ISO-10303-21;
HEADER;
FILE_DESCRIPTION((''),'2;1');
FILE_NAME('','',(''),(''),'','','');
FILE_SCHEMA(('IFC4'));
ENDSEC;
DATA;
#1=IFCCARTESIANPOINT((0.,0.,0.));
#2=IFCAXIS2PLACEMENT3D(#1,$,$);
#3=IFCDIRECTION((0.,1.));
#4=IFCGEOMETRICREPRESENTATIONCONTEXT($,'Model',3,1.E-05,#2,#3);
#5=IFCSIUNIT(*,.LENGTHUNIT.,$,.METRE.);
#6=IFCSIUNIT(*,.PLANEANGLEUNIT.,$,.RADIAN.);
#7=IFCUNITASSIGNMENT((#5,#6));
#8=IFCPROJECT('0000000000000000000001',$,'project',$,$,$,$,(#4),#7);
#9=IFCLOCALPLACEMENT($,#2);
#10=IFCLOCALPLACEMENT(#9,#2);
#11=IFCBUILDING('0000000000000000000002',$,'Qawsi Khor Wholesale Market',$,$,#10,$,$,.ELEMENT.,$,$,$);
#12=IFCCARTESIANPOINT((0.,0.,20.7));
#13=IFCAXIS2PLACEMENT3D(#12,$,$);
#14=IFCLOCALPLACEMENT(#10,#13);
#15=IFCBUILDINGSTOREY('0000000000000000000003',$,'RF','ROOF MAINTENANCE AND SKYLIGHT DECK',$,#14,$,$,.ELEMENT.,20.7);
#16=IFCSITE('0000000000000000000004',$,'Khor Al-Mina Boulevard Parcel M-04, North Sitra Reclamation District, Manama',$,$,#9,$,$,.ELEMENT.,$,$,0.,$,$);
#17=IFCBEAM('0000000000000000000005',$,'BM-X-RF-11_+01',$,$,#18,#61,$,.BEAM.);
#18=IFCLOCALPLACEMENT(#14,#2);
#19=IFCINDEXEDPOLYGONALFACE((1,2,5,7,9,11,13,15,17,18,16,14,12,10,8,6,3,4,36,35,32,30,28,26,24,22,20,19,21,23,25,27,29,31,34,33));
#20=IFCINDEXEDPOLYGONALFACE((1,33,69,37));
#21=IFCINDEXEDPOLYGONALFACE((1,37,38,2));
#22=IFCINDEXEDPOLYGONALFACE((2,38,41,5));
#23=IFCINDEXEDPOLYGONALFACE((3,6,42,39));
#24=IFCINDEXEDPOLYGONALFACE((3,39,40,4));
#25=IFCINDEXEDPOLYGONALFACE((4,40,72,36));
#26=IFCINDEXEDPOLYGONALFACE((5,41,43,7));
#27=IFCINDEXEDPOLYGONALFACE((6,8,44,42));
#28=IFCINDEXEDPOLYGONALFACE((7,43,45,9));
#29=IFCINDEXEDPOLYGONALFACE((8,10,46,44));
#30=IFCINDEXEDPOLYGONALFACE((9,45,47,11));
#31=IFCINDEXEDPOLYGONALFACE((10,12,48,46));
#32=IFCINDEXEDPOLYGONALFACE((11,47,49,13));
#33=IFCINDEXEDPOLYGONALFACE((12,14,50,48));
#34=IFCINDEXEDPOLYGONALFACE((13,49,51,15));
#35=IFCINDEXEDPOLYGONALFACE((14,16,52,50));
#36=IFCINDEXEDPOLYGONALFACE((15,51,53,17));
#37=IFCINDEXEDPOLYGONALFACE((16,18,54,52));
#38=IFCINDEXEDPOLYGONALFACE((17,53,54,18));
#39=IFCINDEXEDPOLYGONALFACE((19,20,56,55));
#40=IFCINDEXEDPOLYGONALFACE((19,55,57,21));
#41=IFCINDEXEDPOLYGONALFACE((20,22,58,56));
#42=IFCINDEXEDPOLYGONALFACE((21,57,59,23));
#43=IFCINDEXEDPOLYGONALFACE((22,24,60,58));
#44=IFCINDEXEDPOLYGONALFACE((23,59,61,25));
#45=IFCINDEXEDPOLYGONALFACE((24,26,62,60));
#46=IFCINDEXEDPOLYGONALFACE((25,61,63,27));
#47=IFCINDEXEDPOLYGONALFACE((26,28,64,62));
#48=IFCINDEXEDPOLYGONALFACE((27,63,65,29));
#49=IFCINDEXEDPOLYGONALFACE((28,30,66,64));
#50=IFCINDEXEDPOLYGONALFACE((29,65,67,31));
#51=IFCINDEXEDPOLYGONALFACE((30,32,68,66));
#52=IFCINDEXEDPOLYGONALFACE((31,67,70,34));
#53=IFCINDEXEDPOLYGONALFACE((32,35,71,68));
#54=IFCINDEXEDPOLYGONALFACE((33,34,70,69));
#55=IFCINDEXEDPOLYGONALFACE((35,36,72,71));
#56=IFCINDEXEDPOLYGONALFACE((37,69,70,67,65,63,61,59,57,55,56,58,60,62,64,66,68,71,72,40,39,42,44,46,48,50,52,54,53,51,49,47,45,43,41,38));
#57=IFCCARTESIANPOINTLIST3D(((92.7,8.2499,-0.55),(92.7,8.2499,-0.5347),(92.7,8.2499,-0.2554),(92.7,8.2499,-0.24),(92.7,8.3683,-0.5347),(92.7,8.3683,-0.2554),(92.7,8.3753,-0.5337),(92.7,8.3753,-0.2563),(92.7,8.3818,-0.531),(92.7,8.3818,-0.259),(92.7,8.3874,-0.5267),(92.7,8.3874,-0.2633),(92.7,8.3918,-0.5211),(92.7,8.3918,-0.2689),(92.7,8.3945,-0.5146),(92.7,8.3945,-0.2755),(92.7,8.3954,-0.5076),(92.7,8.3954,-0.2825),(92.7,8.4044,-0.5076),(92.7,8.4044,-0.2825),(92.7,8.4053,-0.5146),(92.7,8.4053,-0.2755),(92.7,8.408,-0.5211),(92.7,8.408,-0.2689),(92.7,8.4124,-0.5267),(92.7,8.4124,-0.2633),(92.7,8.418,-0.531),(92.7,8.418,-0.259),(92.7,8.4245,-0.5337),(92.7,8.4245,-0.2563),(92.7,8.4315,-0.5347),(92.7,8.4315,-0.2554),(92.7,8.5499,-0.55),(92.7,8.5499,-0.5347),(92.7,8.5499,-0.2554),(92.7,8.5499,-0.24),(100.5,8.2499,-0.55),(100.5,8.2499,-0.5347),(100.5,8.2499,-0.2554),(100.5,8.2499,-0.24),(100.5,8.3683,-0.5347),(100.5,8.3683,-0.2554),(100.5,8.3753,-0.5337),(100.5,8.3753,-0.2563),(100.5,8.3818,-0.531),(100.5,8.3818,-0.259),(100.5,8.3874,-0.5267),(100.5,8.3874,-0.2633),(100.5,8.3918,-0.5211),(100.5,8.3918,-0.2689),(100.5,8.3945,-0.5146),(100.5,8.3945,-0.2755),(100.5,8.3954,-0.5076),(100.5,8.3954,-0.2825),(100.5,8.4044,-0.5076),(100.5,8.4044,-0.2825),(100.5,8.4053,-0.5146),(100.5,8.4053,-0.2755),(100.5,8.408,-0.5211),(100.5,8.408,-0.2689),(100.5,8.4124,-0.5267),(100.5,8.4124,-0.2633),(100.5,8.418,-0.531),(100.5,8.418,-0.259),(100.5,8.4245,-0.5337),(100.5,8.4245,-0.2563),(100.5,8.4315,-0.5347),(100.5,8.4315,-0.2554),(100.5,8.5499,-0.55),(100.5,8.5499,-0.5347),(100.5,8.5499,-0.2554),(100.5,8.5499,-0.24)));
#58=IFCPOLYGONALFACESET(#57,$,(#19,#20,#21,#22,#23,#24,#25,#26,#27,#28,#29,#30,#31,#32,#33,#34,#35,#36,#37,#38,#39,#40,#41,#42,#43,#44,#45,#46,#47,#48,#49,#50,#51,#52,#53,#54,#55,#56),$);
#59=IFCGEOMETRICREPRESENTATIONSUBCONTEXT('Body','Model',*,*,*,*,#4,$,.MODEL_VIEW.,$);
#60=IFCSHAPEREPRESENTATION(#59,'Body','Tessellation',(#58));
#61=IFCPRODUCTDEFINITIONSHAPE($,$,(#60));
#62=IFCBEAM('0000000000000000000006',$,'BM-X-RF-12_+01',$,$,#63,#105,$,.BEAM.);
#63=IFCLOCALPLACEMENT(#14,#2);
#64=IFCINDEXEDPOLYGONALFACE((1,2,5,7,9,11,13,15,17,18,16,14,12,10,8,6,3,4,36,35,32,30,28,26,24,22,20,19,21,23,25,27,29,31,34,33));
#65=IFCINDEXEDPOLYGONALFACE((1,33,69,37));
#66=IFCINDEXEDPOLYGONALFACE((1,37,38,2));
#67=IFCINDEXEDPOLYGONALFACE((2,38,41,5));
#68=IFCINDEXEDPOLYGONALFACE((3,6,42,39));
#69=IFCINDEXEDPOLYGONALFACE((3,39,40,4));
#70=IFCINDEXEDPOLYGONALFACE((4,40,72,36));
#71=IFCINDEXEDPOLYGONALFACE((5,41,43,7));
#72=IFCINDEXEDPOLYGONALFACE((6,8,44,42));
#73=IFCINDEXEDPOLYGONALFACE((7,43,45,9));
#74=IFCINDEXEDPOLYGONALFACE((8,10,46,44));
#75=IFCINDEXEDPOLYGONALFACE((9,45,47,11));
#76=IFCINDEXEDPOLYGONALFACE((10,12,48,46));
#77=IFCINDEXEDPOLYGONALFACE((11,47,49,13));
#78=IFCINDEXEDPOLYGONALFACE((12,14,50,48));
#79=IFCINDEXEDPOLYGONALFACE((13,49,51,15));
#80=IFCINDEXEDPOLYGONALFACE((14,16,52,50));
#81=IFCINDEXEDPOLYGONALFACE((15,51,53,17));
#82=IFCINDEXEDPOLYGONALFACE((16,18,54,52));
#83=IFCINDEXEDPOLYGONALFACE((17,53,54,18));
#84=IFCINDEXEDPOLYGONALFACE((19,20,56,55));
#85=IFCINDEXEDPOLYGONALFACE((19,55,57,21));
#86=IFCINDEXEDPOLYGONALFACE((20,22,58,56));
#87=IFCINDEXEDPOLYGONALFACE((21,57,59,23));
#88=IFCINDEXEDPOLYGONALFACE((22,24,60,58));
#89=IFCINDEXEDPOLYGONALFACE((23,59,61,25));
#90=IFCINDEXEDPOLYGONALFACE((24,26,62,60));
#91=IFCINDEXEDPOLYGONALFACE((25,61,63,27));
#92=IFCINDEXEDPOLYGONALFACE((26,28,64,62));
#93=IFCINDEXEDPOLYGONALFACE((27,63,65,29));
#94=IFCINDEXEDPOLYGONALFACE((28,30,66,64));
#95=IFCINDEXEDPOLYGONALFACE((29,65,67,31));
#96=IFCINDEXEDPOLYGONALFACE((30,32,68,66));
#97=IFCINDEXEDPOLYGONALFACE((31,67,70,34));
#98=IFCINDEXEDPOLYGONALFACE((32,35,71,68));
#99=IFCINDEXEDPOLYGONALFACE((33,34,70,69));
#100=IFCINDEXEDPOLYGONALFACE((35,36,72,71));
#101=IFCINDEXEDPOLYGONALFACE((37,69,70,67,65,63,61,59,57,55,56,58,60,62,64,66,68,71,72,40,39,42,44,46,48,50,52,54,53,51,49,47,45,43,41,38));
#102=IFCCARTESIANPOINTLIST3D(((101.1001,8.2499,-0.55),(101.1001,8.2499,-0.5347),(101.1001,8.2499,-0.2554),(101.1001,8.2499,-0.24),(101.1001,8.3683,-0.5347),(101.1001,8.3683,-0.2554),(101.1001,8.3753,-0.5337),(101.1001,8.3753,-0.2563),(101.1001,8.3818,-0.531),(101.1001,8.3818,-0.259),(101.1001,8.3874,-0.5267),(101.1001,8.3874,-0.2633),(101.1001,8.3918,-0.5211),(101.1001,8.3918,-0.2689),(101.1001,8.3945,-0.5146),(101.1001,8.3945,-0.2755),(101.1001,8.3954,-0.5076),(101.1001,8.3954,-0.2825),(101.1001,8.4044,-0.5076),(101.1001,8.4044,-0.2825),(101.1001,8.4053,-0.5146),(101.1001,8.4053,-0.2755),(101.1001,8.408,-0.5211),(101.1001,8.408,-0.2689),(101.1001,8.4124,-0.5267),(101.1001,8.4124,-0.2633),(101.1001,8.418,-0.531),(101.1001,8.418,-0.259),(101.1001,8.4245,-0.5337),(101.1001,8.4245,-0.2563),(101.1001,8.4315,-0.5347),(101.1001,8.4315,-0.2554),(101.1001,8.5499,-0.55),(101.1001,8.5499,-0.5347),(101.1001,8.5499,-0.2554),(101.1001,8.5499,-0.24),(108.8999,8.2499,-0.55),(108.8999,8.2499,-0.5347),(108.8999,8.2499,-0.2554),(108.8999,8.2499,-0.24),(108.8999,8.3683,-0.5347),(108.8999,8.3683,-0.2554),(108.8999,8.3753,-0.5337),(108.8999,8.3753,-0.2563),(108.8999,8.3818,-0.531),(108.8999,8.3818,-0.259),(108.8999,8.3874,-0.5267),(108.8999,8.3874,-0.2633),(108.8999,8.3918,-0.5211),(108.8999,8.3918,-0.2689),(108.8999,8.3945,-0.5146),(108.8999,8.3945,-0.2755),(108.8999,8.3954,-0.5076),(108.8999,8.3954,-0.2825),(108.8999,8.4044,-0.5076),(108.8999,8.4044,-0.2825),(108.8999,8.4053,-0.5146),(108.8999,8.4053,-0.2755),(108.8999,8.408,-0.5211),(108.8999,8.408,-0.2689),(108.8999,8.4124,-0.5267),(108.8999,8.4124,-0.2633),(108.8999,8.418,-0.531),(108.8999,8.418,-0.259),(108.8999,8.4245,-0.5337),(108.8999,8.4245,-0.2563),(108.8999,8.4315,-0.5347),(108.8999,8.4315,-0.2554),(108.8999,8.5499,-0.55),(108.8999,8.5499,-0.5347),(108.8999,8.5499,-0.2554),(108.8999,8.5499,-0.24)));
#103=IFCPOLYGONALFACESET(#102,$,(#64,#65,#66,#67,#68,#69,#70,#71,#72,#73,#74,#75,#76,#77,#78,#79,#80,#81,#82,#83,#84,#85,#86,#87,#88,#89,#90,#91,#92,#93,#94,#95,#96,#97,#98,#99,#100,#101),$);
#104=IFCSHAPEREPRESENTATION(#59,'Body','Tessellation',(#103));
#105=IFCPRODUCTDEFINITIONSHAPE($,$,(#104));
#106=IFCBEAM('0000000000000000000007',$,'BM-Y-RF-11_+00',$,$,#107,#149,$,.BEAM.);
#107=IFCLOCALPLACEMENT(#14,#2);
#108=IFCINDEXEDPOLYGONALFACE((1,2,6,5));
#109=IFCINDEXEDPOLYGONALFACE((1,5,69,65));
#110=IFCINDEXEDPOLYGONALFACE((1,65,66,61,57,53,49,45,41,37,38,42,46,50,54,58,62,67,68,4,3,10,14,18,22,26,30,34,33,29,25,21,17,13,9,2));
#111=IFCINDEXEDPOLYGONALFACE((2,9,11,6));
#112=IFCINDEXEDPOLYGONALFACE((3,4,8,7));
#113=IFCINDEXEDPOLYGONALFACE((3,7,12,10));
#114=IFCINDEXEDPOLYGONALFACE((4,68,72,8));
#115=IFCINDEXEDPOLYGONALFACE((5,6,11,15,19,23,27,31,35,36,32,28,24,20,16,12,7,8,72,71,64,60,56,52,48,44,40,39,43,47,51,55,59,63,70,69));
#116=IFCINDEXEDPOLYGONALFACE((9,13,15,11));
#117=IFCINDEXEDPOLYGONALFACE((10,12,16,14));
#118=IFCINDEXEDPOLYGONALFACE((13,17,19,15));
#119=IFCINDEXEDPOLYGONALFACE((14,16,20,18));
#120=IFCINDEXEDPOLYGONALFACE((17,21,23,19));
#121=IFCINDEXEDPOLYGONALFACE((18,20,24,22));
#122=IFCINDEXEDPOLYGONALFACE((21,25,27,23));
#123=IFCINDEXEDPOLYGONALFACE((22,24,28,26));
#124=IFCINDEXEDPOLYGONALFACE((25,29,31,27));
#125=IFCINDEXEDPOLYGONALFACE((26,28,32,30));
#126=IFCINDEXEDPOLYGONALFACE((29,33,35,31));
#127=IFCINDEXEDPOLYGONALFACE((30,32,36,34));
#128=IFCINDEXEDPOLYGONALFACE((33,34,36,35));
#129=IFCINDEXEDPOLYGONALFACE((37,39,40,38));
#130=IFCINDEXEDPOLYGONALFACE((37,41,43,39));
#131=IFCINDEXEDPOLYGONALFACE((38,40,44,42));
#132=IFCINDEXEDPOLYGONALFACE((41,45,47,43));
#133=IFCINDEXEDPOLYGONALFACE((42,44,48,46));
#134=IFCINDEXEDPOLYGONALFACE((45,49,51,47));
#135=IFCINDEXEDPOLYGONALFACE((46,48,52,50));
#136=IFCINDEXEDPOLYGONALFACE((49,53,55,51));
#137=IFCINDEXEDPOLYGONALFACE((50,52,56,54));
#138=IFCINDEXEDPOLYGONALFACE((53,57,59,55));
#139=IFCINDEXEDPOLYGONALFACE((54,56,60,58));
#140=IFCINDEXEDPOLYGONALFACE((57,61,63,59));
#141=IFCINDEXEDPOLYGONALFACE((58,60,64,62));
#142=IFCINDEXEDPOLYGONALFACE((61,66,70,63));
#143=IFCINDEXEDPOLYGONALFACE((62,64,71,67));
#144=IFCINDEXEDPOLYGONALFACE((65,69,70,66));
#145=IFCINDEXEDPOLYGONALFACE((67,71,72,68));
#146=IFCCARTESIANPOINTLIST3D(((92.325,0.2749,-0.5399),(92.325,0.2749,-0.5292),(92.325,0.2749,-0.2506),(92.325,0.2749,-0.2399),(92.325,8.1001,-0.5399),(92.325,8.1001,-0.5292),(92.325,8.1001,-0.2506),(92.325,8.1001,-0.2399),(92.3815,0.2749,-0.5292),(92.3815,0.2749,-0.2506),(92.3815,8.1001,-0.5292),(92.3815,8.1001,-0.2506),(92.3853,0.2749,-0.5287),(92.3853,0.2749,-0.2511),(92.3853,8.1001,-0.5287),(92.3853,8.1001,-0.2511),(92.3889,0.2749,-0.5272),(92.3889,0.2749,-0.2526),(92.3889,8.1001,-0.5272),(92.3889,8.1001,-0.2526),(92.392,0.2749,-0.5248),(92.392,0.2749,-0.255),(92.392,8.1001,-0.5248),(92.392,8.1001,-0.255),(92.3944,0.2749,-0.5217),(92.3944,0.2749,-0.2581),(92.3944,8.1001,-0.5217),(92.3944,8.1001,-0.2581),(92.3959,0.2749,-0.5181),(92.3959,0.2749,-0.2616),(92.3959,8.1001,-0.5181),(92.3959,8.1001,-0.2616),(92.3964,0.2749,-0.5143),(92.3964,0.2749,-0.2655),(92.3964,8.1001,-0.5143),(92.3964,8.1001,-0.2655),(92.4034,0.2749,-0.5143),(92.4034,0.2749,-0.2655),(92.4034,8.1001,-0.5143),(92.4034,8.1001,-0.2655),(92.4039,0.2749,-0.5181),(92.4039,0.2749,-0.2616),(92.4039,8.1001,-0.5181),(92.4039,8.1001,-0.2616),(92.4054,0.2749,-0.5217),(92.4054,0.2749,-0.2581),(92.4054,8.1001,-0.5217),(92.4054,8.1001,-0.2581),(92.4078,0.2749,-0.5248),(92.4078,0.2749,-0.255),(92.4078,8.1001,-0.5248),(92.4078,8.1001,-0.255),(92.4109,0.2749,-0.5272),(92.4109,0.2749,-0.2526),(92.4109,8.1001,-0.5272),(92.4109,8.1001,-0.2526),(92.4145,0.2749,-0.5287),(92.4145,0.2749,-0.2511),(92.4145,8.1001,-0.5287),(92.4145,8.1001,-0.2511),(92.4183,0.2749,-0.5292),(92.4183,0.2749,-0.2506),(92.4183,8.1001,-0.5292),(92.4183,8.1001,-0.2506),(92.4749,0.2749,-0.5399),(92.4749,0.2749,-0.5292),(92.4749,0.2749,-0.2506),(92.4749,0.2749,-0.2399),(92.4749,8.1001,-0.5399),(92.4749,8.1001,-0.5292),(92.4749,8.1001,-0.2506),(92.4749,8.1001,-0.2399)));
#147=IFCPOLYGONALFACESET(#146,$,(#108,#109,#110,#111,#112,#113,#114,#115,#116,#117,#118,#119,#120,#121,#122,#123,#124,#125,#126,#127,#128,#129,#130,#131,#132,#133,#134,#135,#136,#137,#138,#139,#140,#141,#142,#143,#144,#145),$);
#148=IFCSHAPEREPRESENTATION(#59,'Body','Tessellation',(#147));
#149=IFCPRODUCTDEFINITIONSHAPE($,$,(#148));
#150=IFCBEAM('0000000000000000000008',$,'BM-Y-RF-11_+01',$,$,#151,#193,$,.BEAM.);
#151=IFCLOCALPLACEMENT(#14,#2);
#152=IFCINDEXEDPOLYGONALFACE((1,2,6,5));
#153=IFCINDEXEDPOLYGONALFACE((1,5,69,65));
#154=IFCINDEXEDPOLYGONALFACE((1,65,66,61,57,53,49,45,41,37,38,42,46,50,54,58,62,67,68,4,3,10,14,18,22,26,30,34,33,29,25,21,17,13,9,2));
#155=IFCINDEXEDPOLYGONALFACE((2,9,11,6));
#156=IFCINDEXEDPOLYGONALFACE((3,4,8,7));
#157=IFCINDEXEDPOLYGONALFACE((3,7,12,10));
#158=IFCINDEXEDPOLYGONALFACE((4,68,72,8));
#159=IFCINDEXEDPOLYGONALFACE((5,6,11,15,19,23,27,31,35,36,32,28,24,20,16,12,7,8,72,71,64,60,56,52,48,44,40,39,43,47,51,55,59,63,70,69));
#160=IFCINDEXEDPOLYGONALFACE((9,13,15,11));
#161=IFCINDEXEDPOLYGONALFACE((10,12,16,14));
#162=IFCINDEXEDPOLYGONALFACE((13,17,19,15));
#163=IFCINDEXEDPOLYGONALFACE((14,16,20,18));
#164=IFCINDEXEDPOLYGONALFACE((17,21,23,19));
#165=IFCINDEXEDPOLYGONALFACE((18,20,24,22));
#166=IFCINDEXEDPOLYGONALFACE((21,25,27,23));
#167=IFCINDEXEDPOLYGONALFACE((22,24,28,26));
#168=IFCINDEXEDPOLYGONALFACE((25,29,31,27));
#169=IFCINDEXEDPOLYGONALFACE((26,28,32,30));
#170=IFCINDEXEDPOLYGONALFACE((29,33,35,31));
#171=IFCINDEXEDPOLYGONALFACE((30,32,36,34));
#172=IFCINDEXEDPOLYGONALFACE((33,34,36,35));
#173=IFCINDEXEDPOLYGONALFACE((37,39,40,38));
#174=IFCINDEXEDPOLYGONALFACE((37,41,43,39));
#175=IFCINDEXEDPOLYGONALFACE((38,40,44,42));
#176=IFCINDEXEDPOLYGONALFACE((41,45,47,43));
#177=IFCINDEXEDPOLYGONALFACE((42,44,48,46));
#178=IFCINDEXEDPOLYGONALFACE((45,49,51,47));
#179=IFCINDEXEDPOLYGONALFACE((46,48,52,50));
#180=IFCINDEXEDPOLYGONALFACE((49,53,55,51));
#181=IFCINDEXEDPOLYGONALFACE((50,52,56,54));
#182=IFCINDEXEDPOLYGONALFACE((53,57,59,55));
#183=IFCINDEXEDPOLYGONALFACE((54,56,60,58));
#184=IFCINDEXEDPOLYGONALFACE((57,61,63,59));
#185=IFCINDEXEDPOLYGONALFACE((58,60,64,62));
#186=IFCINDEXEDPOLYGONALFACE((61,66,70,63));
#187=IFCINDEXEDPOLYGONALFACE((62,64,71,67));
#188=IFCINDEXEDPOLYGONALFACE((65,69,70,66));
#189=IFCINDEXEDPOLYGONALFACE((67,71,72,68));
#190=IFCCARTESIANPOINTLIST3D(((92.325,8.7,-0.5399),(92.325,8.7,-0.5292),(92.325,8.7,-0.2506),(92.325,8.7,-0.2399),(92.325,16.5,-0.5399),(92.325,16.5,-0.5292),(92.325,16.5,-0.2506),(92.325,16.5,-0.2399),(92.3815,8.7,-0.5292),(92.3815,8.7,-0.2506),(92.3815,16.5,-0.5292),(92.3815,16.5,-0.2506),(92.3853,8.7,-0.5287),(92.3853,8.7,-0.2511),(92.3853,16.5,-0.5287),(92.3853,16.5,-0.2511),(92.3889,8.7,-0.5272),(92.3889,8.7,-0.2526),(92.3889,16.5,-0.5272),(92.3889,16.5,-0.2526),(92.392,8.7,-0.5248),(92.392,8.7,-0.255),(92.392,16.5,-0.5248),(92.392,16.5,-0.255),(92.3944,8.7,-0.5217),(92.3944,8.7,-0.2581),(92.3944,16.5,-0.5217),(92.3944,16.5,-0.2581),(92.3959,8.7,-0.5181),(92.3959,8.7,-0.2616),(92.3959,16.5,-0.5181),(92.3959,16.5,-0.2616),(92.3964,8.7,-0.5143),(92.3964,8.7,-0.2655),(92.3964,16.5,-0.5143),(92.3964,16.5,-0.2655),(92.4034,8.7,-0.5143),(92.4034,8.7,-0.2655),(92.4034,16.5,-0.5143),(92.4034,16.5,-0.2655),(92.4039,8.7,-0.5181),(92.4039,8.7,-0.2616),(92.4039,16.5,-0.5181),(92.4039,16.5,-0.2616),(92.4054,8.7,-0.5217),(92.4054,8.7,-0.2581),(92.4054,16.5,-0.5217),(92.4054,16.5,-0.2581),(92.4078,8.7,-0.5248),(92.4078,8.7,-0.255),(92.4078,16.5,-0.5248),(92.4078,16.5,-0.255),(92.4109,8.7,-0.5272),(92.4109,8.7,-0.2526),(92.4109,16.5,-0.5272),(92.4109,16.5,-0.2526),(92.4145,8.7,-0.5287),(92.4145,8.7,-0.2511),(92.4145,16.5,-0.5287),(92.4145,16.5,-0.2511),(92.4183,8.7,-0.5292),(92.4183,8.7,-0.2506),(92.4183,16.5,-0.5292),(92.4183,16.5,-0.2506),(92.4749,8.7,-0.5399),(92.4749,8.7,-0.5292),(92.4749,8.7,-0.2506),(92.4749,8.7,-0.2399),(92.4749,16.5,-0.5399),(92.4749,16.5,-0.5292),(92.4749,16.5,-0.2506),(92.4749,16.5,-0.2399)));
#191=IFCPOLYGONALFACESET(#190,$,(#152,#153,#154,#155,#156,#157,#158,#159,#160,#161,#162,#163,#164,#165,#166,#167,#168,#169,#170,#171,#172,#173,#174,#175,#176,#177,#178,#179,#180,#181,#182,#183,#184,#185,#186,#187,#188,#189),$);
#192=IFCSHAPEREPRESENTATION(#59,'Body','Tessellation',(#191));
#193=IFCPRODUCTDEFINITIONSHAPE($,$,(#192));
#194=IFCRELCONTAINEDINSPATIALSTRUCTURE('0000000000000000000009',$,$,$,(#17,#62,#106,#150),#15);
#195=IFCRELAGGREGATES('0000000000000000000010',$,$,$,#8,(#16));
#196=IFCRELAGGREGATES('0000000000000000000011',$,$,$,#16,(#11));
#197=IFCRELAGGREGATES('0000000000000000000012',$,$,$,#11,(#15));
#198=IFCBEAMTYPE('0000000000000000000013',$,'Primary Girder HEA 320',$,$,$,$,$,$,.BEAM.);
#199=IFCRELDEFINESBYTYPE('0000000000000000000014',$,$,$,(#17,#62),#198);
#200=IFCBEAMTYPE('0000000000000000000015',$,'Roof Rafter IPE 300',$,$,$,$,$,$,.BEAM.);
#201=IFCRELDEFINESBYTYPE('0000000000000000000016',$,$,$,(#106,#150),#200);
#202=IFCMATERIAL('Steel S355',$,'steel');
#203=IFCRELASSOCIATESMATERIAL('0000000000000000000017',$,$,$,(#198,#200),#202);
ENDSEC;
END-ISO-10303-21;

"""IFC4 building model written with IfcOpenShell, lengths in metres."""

from ifc_helpers import new_model, si_unit, direction, frame, origin, origin_2d, place, context, subcontext, project, spatial, i_section, extrude, material, material_profile, profile_set, type_object, element, save


model = new_model("IFC4")

# Units and contexts
model_context = context("Model", 3, precision=1e-05, world=origin(), true_north=direction((0.0, 1.0)))
body_context = subcontext(model_context, "Body", "Model", "MODEL_VIEW")
ifc_project = project(units=[si_unit("LENGTHUNIT", "METRE"), si_unit("PLANEANGLEUNIT", "RADIAN")], contexts=[model_context])

# Site, building, storey
site_placement = place(None, origin())
site = spatial("IfcSite", under=ifc_project, at=site_placement, Name="Khor Al-Mina Boulevard Parcel M-04, North Sitra Reclamation District, Manama", CompositionType="ELEMENT", RefElevation=0.0)
building_placement = place(site_placement, origin())
building = spatial("IfcBuilding", under=site, at=building_placement, Name="Qawsi Khor Wholesale Market", CompositionType="ELEMENT")
storey_placement = place(building_placement, frame((0.0, 0.0, 20.7)))
storey = spatial("IfcBuildingStorey", under=building, at=storey_placement, Name="RF", Description="ROOF MAINTENANCE AND SKYLIGHT DECK", CompositionType="ELEMENT", Elevation=20.7)

# Beams
ifc_material_1 = material(Name="Steel S355", Category="steel")
ifc_material_profile_1 = material_profile(ifc_material_1, i_section(OverallWidth=0.3, OverallDepth=0.3101, WebThickness=0.009, FlangeThickness=0.0154, FilletRadius=0.0271, at=origin_2d()), Name="HEA 320")
ifc_profile_set_1 = profile_set([ifc_material_profile_1], Name="Steel S355")
beam_type_1 = type_object("IfcBeamType", Name="Primary Girder HEA 320", PredefinedType="BEAM", material=ifc_profile_set_1)
for number, where, z_axis, x_axis, name in (
    (1, (92.7, 8.3999, -0.395), (1.0, 0.0, 0.0), (0.0, 1.0, 0.0), "BM-X-RF-11_+01"),
):
    element("IfcBeam", number, at=place(storey_placement, frame(where, z_axis=z_axis, x_axis=x_axis)), inside=storey, type_object=beam_type_1, Name=name, PredefinedType="BEAM", context=body_context, shape_type="SweptSolid", body=[
        extrude(i_section(OverallWidth=0.3, OverallDepth=0.3101, WebThickness=0.009, FlangeThickness=0.0154, FilletRadius=0.0271, at=origin_2d()), origin(), (0.0, 0.0, 1.0), 7.8),
    ])
beam_1_placement = place(storey_placement, frame((101.1001, 8.3999, -0.395), z_axis=(1.0, 0.0, 0.0), x_axis=(0.0, 1.0, 0.0)))
element("IfcBeam", 2, at=beam_1_placement, inside=storey, type_object=beam_type_1, Name="BM-X-RF-12_+01", PredefinedType="BEAM", context=body_context, shape_type="SweptSolid", body=[
    extrude(i_section(OverallWidth=0.3, OverallDepth=0.3101, WebThickness=0.009, FlangeThickness=0.0154, FilletRadius=0.0271, at=origin_2d()), origin(), (0.0, 0.0, 1.0), 7.7998),
])
ifc_material_profile_2 = material_profile(ifc_material_1, i_section(OverallWidth=0.1499, OverallDepth=0.3, WebThickness=0.0071, FlangeThickness=0.0107, FilletRadius=0.0149, at=origin_2d()), Name="IPE 300")
ifc_profile_set_2 = profile_set([ifc_material_profile_2], Name="Steel S355")
beam_type_2 = type_object("IfcBeamType", Name="Roof Rafter IPE 300", PredefinedType="BEAM", material=ifc_profile_set_2)
beam_2_placement = place(storey_placement, frame((92.3999, 0.2749, -0.3899), z_axis=(0.0, 1.0, 0.0), x_axis=(-1.0, 0.0, 0.0)))
element("IfcBeam", 3, at=beam_2_placement, inside=storey, type_object=beam_type_2, Name="BM-Y-RF-11_+00", PredefinedType="BEAM", context=body_context, shape_type="SweptSolid", body=[
    extrude(i_section(OverallWidth=0.1499, OverallDepth=0.3, WebThickness=0.0071, FlangeThickness=0.0107, FilletRadius=0.0149, at=origin_2d()), origin(), (0.0, 0.0, 1.0), 7.8252),
])
beam_3_placement = place(storey_placement, frame((92.3999, 8.7, -0.3899), z_axis=(0.0, 1.0, 0.0), x_axis=(-1.0, 0.0, 0.0)))
element("IfcBeam", 4, at=beam_3_placement, inside=storey, type_object=beam_type_2, Name="BM-Y-RF-11_+01", PredefinedType="BEAM", context=body_context, shape_type="SweptSolid", body=[
    extrude(i_section(OverallWidth=0.1499, OverallDepth=0.3, WebThickness=0.0071, FlangeThickness=0.0107, FilletRadius=0.0149, at=origin_2d()), origin(), (0.0, 0.0, 1.0), 7.8),
])

save(model, "model.ifc")
